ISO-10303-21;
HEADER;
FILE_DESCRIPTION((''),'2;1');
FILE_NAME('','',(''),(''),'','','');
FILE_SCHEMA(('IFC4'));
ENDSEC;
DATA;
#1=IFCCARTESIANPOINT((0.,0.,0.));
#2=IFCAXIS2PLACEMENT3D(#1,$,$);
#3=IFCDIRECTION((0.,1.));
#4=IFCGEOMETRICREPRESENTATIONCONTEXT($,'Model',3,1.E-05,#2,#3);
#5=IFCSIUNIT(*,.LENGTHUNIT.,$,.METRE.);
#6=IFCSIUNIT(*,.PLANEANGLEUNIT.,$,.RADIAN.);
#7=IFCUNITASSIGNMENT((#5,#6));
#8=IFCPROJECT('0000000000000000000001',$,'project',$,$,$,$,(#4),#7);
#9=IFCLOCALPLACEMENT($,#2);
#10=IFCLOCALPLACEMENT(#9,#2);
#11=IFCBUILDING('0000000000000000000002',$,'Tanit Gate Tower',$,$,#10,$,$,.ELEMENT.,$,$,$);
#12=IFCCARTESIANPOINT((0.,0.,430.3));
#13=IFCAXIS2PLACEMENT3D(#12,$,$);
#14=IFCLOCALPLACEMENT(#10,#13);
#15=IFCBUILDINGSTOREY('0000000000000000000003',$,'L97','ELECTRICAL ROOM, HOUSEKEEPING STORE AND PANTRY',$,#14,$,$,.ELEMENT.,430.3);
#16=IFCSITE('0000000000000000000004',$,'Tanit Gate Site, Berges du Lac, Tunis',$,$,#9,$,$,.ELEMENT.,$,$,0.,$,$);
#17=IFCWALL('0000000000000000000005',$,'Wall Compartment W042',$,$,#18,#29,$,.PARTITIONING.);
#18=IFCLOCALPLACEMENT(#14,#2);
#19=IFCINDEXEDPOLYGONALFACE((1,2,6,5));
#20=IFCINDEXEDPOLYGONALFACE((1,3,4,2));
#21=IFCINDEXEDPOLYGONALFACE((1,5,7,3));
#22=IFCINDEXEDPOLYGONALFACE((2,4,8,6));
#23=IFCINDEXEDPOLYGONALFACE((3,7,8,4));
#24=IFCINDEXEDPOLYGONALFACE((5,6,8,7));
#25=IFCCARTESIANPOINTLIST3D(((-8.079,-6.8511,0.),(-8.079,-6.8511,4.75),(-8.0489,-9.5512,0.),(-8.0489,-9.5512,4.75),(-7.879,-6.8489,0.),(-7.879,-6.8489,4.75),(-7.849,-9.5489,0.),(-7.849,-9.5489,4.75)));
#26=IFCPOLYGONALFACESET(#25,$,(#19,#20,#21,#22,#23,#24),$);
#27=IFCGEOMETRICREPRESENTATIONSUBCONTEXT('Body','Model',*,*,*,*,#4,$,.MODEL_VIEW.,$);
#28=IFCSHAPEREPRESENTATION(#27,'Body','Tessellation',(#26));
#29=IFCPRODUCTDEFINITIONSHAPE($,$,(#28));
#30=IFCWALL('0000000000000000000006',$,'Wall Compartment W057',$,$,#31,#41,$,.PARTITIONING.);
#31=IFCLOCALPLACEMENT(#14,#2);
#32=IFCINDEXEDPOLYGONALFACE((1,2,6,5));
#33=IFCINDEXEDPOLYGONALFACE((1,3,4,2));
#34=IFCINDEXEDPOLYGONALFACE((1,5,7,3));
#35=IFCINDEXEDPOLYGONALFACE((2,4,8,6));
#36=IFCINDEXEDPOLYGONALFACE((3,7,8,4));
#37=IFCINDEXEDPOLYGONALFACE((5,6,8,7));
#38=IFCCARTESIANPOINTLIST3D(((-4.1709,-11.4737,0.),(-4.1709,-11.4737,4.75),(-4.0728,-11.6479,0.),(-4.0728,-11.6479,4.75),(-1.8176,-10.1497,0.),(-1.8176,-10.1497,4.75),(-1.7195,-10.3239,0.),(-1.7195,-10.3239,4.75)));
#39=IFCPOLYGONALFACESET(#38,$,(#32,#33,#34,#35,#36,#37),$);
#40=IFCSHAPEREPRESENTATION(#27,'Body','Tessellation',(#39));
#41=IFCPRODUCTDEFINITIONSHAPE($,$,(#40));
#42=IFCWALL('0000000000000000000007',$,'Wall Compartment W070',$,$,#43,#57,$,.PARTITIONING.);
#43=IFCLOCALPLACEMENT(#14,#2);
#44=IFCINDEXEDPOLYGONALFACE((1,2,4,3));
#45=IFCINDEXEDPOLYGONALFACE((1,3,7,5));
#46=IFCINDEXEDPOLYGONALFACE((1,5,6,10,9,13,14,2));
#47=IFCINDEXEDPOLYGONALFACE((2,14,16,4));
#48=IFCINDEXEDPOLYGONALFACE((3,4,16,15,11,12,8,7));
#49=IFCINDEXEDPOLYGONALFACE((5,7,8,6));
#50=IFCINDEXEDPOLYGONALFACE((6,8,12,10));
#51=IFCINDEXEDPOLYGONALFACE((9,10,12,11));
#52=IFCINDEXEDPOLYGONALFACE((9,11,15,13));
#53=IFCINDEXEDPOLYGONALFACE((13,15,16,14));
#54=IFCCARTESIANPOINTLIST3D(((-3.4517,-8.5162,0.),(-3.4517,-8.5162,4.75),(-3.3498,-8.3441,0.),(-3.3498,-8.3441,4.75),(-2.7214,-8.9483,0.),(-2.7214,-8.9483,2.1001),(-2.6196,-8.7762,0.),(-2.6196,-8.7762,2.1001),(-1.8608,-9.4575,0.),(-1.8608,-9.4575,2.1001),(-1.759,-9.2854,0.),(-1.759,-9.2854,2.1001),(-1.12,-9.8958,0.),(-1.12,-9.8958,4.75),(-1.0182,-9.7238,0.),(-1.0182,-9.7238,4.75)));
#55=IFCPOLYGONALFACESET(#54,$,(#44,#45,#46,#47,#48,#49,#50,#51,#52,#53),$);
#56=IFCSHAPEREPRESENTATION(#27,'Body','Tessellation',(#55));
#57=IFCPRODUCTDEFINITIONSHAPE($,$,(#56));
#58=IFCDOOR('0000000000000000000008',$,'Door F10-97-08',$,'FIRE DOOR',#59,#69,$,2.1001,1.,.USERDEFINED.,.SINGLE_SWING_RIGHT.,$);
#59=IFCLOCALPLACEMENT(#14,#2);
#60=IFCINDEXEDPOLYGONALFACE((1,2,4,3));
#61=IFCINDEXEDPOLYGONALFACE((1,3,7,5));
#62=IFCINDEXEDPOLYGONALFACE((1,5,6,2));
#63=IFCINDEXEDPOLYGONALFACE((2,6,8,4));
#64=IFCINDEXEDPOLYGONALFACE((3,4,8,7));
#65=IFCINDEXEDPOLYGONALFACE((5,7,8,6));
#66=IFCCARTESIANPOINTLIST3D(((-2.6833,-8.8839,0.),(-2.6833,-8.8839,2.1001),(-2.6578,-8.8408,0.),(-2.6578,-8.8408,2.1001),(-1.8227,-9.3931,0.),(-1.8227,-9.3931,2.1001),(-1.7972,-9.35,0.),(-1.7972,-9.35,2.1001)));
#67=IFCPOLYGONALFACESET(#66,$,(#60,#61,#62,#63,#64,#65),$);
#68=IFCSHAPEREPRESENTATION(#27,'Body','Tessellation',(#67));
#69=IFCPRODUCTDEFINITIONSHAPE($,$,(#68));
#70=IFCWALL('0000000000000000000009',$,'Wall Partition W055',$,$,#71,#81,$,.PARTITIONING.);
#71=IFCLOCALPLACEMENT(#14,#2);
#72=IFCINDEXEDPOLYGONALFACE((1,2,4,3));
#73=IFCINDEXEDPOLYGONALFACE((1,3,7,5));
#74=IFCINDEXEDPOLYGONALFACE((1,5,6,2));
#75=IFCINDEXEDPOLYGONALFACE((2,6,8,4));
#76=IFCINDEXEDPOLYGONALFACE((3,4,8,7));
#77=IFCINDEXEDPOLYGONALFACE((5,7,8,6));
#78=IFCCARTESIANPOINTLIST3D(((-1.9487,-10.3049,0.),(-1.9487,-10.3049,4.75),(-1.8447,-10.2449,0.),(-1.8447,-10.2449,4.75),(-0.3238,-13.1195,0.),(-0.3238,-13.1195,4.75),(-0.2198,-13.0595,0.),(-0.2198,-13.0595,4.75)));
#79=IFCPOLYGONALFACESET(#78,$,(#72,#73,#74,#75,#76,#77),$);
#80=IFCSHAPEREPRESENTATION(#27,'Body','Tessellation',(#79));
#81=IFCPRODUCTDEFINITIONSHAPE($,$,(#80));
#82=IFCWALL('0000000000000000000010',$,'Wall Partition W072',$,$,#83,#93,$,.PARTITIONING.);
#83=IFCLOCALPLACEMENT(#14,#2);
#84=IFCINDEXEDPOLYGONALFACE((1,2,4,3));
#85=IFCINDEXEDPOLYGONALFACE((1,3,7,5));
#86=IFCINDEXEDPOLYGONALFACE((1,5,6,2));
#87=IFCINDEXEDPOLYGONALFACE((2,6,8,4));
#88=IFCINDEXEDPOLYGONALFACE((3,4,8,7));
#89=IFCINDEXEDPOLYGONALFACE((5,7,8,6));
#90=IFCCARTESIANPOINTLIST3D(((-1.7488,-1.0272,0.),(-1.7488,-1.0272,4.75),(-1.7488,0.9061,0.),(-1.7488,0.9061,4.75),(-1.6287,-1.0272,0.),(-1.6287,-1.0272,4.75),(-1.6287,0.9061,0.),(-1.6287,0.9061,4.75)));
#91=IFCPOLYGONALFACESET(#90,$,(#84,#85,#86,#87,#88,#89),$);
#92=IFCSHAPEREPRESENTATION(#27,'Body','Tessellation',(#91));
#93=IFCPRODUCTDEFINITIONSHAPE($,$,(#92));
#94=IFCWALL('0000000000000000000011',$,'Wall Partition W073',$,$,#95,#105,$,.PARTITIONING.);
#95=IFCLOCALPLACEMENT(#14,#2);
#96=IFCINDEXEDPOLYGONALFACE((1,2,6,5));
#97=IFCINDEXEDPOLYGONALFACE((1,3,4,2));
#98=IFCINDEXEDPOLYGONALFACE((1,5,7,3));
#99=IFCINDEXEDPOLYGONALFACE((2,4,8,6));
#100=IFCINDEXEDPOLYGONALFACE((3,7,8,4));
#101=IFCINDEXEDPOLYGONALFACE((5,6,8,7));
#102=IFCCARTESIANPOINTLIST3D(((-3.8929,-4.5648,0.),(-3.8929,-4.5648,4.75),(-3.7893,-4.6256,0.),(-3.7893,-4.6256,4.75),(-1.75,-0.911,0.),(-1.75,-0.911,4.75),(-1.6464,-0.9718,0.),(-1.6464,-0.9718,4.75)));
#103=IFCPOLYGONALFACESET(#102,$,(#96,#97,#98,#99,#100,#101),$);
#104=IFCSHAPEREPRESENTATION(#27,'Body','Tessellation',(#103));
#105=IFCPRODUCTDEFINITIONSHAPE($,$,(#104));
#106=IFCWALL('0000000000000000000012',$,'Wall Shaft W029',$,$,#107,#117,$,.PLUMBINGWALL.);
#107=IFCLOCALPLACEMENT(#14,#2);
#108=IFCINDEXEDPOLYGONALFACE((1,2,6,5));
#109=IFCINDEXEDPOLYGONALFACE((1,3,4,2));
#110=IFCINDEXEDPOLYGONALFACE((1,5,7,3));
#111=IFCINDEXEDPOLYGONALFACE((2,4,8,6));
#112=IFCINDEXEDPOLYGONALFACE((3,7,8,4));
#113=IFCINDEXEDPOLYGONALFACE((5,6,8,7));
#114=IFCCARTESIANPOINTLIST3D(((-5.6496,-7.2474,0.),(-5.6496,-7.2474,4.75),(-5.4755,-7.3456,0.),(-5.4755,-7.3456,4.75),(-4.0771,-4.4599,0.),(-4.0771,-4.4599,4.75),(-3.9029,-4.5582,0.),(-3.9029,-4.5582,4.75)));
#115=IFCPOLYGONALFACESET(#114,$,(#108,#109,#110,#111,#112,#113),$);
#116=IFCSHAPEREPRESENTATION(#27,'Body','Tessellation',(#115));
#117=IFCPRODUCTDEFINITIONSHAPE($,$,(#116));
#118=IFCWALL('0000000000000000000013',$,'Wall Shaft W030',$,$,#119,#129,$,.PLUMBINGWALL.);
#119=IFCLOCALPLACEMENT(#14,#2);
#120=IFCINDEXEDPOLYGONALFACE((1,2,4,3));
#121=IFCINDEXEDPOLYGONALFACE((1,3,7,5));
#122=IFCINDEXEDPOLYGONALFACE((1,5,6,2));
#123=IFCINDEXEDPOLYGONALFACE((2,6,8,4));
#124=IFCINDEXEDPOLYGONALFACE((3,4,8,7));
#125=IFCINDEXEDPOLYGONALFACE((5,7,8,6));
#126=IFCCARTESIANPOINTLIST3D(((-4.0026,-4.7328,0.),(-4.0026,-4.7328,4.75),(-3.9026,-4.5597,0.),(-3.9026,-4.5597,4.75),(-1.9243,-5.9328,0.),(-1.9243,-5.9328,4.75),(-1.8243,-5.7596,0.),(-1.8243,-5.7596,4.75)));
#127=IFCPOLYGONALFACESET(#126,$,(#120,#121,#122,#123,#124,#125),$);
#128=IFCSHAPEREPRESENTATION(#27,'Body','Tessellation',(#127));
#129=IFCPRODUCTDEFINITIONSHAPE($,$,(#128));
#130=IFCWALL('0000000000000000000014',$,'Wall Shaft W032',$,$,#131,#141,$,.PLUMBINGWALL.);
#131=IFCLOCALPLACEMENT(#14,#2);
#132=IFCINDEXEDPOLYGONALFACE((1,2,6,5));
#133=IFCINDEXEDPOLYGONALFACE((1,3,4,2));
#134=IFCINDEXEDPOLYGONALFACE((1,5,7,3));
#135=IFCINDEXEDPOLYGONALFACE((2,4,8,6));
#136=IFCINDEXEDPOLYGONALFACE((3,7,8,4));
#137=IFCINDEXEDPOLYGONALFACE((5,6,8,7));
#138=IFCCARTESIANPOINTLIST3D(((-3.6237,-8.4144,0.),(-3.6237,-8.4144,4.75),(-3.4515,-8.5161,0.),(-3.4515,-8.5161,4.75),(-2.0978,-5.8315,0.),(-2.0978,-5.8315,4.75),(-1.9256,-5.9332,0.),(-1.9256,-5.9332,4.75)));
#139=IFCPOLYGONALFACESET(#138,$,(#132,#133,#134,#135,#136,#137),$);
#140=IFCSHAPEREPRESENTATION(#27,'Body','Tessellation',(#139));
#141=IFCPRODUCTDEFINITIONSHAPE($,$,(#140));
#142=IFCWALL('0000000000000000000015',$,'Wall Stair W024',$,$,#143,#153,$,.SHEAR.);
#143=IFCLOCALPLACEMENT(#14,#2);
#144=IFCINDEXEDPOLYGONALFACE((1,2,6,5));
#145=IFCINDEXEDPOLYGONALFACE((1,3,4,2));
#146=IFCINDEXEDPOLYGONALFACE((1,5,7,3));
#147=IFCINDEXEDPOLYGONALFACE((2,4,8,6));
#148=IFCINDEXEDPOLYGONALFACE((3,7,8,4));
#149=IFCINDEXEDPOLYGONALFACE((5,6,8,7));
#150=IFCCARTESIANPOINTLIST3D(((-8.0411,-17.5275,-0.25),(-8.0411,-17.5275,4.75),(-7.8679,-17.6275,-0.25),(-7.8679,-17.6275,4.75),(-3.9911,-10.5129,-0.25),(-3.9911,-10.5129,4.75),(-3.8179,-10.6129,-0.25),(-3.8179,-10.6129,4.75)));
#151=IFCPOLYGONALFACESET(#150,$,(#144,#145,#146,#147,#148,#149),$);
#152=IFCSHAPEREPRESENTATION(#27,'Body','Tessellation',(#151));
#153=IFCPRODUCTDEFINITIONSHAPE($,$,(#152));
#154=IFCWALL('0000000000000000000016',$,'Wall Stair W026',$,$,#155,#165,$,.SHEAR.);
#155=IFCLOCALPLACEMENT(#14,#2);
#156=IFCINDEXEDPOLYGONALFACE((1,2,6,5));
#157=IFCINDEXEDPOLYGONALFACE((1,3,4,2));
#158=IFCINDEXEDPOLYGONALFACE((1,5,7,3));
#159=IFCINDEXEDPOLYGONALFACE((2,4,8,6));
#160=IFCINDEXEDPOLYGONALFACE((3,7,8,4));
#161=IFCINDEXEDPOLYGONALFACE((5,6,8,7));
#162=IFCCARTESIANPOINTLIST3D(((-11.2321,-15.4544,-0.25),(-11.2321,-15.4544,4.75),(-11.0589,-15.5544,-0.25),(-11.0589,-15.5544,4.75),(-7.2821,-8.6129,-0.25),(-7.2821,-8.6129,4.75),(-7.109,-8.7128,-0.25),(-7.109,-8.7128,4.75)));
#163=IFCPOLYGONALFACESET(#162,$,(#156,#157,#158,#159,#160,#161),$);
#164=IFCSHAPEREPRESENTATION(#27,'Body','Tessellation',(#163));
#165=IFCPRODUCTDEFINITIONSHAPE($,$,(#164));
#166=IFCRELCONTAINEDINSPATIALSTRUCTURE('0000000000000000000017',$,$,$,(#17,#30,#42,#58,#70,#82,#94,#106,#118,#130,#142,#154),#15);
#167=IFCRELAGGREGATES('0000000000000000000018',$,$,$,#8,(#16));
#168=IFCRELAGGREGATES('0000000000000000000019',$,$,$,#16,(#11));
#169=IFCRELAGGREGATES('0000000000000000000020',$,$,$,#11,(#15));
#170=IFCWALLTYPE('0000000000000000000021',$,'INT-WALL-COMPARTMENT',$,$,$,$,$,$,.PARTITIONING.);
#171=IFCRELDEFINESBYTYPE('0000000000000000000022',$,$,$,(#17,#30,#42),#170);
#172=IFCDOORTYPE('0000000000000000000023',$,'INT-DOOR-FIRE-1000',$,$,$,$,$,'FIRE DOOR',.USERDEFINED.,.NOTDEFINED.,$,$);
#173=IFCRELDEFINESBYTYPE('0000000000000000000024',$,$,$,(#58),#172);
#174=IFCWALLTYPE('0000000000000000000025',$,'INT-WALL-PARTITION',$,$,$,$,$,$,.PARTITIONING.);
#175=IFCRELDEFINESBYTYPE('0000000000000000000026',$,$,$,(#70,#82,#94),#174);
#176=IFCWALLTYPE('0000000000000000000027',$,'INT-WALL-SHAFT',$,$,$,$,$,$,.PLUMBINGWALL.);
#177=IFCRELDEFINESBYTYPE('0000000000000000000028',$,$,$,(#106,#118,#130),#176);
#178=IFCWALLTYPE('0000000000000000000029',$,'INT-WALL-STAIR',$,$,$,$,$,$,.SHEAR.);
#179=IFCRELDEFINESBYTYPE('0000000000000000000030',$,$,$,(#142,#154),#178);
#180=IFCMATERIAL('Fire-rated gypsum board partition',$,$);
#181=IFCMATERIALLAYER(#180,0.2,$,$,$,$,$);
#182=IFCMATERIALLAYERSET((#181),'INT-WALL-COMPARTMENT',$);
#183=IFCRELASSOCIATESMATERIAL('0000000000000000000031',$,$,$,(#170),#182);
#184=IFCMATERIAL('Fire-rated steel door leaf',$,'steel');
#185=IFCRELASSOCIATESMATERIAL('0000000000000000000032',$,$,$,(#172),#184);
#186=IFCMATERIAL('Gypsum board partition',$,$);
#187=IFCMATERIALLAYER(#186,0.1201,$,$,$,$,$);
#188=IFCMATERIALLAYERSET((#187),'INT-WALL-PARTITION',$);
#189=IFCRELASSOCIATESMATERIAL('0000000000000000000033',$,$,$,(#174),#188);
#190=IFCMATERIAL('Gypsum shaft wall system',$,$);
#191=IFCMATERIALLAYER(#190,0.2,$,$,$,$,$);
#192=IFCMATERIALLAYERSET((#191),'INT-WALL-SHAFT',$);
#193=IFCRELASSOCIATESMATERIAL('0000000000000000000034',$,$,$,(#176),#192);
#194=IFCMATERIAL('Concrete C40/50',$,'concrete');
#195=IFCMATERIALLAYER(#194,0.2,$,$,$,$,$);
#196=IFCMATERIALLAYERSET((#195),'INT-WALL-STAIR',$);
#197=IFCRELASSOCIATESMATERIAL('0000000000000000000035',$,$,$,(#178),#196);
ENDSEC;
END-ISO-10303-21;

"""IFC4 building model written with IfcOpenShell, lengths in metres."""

from ifc_helpers import new_model, si_unit, direction, frame, frame_2d, origin, place, context, subcontext, project, spatial, rectangle, extrude, material, layer, layer_set, type_object, element, fill, save


model = new_model("IFC4")

# Units and contexts
model_context = context("Model", 3, precision=1e-05, world=origin(), true_north=direction((0.0, 1.0)))
body_context = subcontext(model_context, "Body", "Model", "MODEL_VIEW")
ifc_project = project(units=[si_unit("LENGTHUNIT", "METRE"), si_unit("PLANEANGLEUNIT", "RADIAN")], contexts=[model_context])

# Site, building, storey
site_placement = place(None, origin())
site = spatial("IfcSite", under=ifc_project, at=site_placement, Name="Tanit Gate Site, Berges du Lac, Tunis", CompositionType="ELEMENT", RefElevation=0.0)
building_placement = place(site_placement, origin())
building = spatial("IfcBuilding", under=site, at=building_placement, Name="Tanit Gate Tower", CompositionType="ELEMENT")
storey_placement = place(building_placement, frame((0.0, 0.0, 430.3)))
storey = spatial("IfcBuildingStorey", under=building, at=storey_placement, Name="L97", Description="ELECTRICAL ROOM, HOUSEKEEPING STORE AND PANTRY", CompositionType="ELEMENT", Elevation=430.3)

# Walls
ifc_material_1 = material(Name="Fire-rated gypsum board partition")
ifc_layer_1 = layer(ifc_material_1, 0.2)
ifc_layer_set_1 = layer_set([ifc_layer_1], Name="INT-WALL-COMPARTMENT")
wall_type_1 = type_object("IfcWallType", Name="INT-WALL-COMPARTMENT", PredefinedType="PARTITIONING", material=ifc_layer_set_1)
for number, where, z_axis, x_axis, name in (
    (1, (-7.949, -9.55, 0.0), (0.0, 0.0, 1.0), (-0.011121, 0.999938, 0.0), "Wall Compartment W042"),
    (2, (-1.7686, -10.2368, 0.0), (0.0, 0.0, 1.0), (-0.871534, -0.490334, 0.0), "Wall Compartment W057"),
):
    element("IfcWall", number, at=place(storey_placement, frame(where, z_axis=z_axis, x_axis=x_axis)), inside=storey, type_object=wall_type_1, Name=name, PredefinedType="PARTITIONING", context=body_context, shape_type="SweptSolid", body=[
        extrude(rectangle(XDim=2.7002, YDim=0.2, at=frame_2d((1.3501, 0.0))), origin(), (0.0, 0.0, 1.0), 4.75),
    ])

# Wall, opening, door
wall_1_placement = place(storey_placement, frame((-3.4006, -8.4302, 0.0), z_axis=(0.0, 0.0, 1.0), x_axis=(0.860618, -0.509251, 0.0)))
wall_1 = element("IfcWall", 3, at=wall_1_placement, inside=storey, type_object=wall_type_1, Name="Wall Compartment W070", PredefinedType="PARTITIONING", context=body_context, shape_type="SweptSolid", body=[
    extrude(rectangle(XDim=2.7092, YDim=0.2, at=frame_2d((1.3545, 0.0))), origin(), (0.0, 0.0, 1.0), 4.75),
])
opening_1_placement = place(wall_1_placement, frame((0.8484, 0.0, 0.0)))
opening_1 = element("IfcOpeningElement", 4, at=opening_1_placement, cuts=wall_1, PredefinedType="OPENING", context=body_context, shape_type="SweptSolid", body=[
    extrude(rectangle(XDim=1.0, YDim=2.1001, at=frame_2d((0.5, 1.05))), frame((0.0, 0.1099, 0.0), z_axis=(0.0, -1.0, 0.0), x_axis=(1.0, 0.0, 0.0)), (0.0, 0.0, 1.0), 0.22),
])
ifc_material_2 = material(Name="Fire-rated steel door leaf", Category="steel")
door_type_1 = type_object("IfcDoorType", Name="INT-DOOR-FIRE-1000", ElementType="FIRE DOOR", OperationType="NOTDEFINED", PredefinedType="USERDEFINED", material=ifc_material_2)
door_1_placement = place(opening_1_placement, origin())
door_1 = element("IfcDoor", 5, at=door_1_placement, inside=storey, type_object=door_type_1, Name="Door F10-97-08", ObjectType="FIRE DOOR", OperationType="SINGLE_SWING_RIGHT", OverallHeight=2.1001, OverallWidth=1.0, PredefinedType="USERDEFINED", context=body_context, shape_type="SweptSolid", body=[
    extrude(rectangle(XDim=1.0, YDim=2.1001, at=frame_2d((0.5, 1.05))), frame((0.0, 0.0249, 0.0), z_axis=(0.0, -1.0, 0.0), x_axis=(1.0, 0.0, 0.0)), (0.0, 0.0, 1.0), 0.05),
])
fill(opening_1, door_1)

# Walls
ifc_material_3 = material(Name="Gypsum board partition")
ifc_layer_2 = layer(ifc_material_3, 0.1201)
ifc_layer_set_2 = layer_set([ifc_layer_2], Name="INT-WALL-PARTITION")
wall_type_2 = type_object("IfcWallType", Name="INT-WALL-PARTITION", PredefinedType="PARTITIONING", material=ifc_layer_set_2)
wall_2_placement = place(storey_placement, frame((-1.8967, -10.2749, 0.0), z_axis=(0.0, 0.0, 1.0), x_axis=(0.499985, -0.866034, 0.0)))
element("IfcWall", 6, at=wall_2_placement, inside=storey, type_object=wall_type_2, Name="Wall Partition W055", PredefinedType="PARTITIONING", context=body_context, shape_type="SweptSolid", body=[
    extrude(rectangle(XDim=3.25, YDim=0.1201, at=frame_2d((1.625, 0.0))), origin(), (0.0, 0.0, 1.0), 4.75),
])
wall_3_placement = place(storey_placement, frame((-1.6887, -1.0273, 0.0), z_axis=(0.0, 0.0, 1.0), x_axis=(0.0, 1.0, 0.0)))
element("IfcWall", 7, at=wall_3_placement, inside=storey, type_object=wall_type_2, Name="Wall Partition W072", PredefinedType="PARTITIONING", context=body_context, shape_type="SweptSolid", body=[
    extrude(rectangle(XDim=1.9333, YDim=0.1201, at=frame_2d((0.9668, 0.0))), origin(), (0.0, 0.0, 1.0), 4.75),
])
wall_4_placement = place(storey_placement, frame((-3.8411, -4.5952, 0.0), z_axis=(0.0, 0.0, 1.0), x_axis=(0.505884, 0.862602, 0.0)))
element("IfcWall", 8, at=wall_4_placement, inside=storey, type_object=wall_type_2, Name="Wall Partition W073", PredefinedType="PARTITIONING", context=body_context, shape_type="SweptSolid", body=[
    extrude(rectangle(XDim=4.2358, YDim=0.1201, at=frame_2d((2.1179, 0.0))), origin(), (0.0, 0.0, 1.0), 4.75),
])

# Shared definitions
ifc_material_4 = material(Name="Gypsum shaft wall system")
ifc_layer_3 = layer(ifc_material_4, 0.2)
ifc_layer_set_3 = layer_set([ifc_layer_3], Name="INT-WALL-SHAFT")
wall_type_3 = type_object("IfcWallType", Name="INT-WALL-SHAFT", PredefinedType="PLUMBINGWALL", material=ifc_layer_set_3)

# Walls
wall_5_placement = place(storey_placement, frame((-5.5625, -7.2964, 0.0), z_axis=(0.0, 0.0, 1.0), x_axis=(0.491358, 0.870958, 0.0)))
element("IfcWall", 9, at=wall_5_placement, inside=storey, type_object=wall_type_3, Name="Wall Shaft W029", PredefinedType="PLUMBINGWALL", context=body_context, shape_type="SweptSolid", body=[
    extrude(rectangle(XDim=3.2004, YDim=0.2, at=frame_2d((1.6001, 0.0))), origin(), (0.0, 0.0, 1.0), 4.75),
])
wall_6_placement = place(storey_placement, frame((-3.9526, -4.6462, 0.0), z_axis=(0.0, 0.0, 1.0), x_axis=(0.866025, -0.500001, 0.0)))
element("IfcWall", 10, at=wall_6_placement, inside=storey, type_object=wall_type_3, Name="Wall Shaft W030", PredefinedType="PLUMBINGWALL", context=body_context, shape_type="SweptSolid", body=[
    extrude(rectangle(XDim=2.3999, YDim=0.2, at=frame_2d((1.2, 0.0))), origin(), (0.0, 0.0, 1.0), 4.75),
])
wall_7_placement = place(storey_placement, frame((-2.0117, -5.8823, 0.0), z_axis=(0.0, 0.0, 1.0), x_axis=(-0.50862, -0.860991, 0.0)))
element("IfcWall", 11, at=wall_7_placement, inside=storey, type_object=wall_type_3, Name="Wall Shaft W032", PredefinedType="PLUMBINGWALL", context=body_context, shape_type="SweptSolid", body=[
    extrude(rectangle(XDim=3.0, YDim=0.2, at=frame_2d((1.5, 0.0))), origin(), (0.0, 0.0, 1.0), 4.75),
])
ifc_material_5 = material(Name="Concrete C40/50", Category="concrete")
ifc_layer_4 = layer(ifc_material_5, 0.2)
ifc_layer_set_4 = layer_set([ifc_layer_4], Name="INT-WALL-STAIR")
wall_type_4 = type_object("IfcWallType", Name="INT-WALL-STAIR", PredefinedType="SHEAR", material=ifc_layer_set_4)
wall_8_placement = place(storey_placement, frame((-3.9045, -10.563, -0.25), z_axis=(0.0, 0.0, 1.0), x_axis=(-0.500013, -0.866018, 0.0)))
element("IfcWall", 12, at=wall_8_placement, inside=storey, type_object=wall_type_4, Name="Wall Stair W024", PredefinedType="SHEAR", context=body_context, shape_type="SweptSolid", body=[
    extrude(rectangle(XDim=8.0999, YDim=0.2, at=frame_2d((4.0498, 0.0))), origin(), (0.0, 0.0, 1.0), 5.0),
])
wall_9_placement = place(storey_placement, frame((-7.1956, -8.6628, -0.25), z_axis=(0.0, 0.0, 1.0), x_axis=(-0.499998, -0.866027, 0.0)))
element("IfcWall", 13, at=wall_9_placement, inside=storey, type_object=wall_type_4, Name="Wall Stair W026", PredefinedType="SHEAR", context=body_context, shape_type="SweptSolid", body=[
    extrude(rectangle(XDim=7.8999, YDim=0.2, at=frame_2d((3.95, 0.0))), origin(), (0.0, 0.0, 1.0), 5.0),
])

save(model, "model.ifc")
